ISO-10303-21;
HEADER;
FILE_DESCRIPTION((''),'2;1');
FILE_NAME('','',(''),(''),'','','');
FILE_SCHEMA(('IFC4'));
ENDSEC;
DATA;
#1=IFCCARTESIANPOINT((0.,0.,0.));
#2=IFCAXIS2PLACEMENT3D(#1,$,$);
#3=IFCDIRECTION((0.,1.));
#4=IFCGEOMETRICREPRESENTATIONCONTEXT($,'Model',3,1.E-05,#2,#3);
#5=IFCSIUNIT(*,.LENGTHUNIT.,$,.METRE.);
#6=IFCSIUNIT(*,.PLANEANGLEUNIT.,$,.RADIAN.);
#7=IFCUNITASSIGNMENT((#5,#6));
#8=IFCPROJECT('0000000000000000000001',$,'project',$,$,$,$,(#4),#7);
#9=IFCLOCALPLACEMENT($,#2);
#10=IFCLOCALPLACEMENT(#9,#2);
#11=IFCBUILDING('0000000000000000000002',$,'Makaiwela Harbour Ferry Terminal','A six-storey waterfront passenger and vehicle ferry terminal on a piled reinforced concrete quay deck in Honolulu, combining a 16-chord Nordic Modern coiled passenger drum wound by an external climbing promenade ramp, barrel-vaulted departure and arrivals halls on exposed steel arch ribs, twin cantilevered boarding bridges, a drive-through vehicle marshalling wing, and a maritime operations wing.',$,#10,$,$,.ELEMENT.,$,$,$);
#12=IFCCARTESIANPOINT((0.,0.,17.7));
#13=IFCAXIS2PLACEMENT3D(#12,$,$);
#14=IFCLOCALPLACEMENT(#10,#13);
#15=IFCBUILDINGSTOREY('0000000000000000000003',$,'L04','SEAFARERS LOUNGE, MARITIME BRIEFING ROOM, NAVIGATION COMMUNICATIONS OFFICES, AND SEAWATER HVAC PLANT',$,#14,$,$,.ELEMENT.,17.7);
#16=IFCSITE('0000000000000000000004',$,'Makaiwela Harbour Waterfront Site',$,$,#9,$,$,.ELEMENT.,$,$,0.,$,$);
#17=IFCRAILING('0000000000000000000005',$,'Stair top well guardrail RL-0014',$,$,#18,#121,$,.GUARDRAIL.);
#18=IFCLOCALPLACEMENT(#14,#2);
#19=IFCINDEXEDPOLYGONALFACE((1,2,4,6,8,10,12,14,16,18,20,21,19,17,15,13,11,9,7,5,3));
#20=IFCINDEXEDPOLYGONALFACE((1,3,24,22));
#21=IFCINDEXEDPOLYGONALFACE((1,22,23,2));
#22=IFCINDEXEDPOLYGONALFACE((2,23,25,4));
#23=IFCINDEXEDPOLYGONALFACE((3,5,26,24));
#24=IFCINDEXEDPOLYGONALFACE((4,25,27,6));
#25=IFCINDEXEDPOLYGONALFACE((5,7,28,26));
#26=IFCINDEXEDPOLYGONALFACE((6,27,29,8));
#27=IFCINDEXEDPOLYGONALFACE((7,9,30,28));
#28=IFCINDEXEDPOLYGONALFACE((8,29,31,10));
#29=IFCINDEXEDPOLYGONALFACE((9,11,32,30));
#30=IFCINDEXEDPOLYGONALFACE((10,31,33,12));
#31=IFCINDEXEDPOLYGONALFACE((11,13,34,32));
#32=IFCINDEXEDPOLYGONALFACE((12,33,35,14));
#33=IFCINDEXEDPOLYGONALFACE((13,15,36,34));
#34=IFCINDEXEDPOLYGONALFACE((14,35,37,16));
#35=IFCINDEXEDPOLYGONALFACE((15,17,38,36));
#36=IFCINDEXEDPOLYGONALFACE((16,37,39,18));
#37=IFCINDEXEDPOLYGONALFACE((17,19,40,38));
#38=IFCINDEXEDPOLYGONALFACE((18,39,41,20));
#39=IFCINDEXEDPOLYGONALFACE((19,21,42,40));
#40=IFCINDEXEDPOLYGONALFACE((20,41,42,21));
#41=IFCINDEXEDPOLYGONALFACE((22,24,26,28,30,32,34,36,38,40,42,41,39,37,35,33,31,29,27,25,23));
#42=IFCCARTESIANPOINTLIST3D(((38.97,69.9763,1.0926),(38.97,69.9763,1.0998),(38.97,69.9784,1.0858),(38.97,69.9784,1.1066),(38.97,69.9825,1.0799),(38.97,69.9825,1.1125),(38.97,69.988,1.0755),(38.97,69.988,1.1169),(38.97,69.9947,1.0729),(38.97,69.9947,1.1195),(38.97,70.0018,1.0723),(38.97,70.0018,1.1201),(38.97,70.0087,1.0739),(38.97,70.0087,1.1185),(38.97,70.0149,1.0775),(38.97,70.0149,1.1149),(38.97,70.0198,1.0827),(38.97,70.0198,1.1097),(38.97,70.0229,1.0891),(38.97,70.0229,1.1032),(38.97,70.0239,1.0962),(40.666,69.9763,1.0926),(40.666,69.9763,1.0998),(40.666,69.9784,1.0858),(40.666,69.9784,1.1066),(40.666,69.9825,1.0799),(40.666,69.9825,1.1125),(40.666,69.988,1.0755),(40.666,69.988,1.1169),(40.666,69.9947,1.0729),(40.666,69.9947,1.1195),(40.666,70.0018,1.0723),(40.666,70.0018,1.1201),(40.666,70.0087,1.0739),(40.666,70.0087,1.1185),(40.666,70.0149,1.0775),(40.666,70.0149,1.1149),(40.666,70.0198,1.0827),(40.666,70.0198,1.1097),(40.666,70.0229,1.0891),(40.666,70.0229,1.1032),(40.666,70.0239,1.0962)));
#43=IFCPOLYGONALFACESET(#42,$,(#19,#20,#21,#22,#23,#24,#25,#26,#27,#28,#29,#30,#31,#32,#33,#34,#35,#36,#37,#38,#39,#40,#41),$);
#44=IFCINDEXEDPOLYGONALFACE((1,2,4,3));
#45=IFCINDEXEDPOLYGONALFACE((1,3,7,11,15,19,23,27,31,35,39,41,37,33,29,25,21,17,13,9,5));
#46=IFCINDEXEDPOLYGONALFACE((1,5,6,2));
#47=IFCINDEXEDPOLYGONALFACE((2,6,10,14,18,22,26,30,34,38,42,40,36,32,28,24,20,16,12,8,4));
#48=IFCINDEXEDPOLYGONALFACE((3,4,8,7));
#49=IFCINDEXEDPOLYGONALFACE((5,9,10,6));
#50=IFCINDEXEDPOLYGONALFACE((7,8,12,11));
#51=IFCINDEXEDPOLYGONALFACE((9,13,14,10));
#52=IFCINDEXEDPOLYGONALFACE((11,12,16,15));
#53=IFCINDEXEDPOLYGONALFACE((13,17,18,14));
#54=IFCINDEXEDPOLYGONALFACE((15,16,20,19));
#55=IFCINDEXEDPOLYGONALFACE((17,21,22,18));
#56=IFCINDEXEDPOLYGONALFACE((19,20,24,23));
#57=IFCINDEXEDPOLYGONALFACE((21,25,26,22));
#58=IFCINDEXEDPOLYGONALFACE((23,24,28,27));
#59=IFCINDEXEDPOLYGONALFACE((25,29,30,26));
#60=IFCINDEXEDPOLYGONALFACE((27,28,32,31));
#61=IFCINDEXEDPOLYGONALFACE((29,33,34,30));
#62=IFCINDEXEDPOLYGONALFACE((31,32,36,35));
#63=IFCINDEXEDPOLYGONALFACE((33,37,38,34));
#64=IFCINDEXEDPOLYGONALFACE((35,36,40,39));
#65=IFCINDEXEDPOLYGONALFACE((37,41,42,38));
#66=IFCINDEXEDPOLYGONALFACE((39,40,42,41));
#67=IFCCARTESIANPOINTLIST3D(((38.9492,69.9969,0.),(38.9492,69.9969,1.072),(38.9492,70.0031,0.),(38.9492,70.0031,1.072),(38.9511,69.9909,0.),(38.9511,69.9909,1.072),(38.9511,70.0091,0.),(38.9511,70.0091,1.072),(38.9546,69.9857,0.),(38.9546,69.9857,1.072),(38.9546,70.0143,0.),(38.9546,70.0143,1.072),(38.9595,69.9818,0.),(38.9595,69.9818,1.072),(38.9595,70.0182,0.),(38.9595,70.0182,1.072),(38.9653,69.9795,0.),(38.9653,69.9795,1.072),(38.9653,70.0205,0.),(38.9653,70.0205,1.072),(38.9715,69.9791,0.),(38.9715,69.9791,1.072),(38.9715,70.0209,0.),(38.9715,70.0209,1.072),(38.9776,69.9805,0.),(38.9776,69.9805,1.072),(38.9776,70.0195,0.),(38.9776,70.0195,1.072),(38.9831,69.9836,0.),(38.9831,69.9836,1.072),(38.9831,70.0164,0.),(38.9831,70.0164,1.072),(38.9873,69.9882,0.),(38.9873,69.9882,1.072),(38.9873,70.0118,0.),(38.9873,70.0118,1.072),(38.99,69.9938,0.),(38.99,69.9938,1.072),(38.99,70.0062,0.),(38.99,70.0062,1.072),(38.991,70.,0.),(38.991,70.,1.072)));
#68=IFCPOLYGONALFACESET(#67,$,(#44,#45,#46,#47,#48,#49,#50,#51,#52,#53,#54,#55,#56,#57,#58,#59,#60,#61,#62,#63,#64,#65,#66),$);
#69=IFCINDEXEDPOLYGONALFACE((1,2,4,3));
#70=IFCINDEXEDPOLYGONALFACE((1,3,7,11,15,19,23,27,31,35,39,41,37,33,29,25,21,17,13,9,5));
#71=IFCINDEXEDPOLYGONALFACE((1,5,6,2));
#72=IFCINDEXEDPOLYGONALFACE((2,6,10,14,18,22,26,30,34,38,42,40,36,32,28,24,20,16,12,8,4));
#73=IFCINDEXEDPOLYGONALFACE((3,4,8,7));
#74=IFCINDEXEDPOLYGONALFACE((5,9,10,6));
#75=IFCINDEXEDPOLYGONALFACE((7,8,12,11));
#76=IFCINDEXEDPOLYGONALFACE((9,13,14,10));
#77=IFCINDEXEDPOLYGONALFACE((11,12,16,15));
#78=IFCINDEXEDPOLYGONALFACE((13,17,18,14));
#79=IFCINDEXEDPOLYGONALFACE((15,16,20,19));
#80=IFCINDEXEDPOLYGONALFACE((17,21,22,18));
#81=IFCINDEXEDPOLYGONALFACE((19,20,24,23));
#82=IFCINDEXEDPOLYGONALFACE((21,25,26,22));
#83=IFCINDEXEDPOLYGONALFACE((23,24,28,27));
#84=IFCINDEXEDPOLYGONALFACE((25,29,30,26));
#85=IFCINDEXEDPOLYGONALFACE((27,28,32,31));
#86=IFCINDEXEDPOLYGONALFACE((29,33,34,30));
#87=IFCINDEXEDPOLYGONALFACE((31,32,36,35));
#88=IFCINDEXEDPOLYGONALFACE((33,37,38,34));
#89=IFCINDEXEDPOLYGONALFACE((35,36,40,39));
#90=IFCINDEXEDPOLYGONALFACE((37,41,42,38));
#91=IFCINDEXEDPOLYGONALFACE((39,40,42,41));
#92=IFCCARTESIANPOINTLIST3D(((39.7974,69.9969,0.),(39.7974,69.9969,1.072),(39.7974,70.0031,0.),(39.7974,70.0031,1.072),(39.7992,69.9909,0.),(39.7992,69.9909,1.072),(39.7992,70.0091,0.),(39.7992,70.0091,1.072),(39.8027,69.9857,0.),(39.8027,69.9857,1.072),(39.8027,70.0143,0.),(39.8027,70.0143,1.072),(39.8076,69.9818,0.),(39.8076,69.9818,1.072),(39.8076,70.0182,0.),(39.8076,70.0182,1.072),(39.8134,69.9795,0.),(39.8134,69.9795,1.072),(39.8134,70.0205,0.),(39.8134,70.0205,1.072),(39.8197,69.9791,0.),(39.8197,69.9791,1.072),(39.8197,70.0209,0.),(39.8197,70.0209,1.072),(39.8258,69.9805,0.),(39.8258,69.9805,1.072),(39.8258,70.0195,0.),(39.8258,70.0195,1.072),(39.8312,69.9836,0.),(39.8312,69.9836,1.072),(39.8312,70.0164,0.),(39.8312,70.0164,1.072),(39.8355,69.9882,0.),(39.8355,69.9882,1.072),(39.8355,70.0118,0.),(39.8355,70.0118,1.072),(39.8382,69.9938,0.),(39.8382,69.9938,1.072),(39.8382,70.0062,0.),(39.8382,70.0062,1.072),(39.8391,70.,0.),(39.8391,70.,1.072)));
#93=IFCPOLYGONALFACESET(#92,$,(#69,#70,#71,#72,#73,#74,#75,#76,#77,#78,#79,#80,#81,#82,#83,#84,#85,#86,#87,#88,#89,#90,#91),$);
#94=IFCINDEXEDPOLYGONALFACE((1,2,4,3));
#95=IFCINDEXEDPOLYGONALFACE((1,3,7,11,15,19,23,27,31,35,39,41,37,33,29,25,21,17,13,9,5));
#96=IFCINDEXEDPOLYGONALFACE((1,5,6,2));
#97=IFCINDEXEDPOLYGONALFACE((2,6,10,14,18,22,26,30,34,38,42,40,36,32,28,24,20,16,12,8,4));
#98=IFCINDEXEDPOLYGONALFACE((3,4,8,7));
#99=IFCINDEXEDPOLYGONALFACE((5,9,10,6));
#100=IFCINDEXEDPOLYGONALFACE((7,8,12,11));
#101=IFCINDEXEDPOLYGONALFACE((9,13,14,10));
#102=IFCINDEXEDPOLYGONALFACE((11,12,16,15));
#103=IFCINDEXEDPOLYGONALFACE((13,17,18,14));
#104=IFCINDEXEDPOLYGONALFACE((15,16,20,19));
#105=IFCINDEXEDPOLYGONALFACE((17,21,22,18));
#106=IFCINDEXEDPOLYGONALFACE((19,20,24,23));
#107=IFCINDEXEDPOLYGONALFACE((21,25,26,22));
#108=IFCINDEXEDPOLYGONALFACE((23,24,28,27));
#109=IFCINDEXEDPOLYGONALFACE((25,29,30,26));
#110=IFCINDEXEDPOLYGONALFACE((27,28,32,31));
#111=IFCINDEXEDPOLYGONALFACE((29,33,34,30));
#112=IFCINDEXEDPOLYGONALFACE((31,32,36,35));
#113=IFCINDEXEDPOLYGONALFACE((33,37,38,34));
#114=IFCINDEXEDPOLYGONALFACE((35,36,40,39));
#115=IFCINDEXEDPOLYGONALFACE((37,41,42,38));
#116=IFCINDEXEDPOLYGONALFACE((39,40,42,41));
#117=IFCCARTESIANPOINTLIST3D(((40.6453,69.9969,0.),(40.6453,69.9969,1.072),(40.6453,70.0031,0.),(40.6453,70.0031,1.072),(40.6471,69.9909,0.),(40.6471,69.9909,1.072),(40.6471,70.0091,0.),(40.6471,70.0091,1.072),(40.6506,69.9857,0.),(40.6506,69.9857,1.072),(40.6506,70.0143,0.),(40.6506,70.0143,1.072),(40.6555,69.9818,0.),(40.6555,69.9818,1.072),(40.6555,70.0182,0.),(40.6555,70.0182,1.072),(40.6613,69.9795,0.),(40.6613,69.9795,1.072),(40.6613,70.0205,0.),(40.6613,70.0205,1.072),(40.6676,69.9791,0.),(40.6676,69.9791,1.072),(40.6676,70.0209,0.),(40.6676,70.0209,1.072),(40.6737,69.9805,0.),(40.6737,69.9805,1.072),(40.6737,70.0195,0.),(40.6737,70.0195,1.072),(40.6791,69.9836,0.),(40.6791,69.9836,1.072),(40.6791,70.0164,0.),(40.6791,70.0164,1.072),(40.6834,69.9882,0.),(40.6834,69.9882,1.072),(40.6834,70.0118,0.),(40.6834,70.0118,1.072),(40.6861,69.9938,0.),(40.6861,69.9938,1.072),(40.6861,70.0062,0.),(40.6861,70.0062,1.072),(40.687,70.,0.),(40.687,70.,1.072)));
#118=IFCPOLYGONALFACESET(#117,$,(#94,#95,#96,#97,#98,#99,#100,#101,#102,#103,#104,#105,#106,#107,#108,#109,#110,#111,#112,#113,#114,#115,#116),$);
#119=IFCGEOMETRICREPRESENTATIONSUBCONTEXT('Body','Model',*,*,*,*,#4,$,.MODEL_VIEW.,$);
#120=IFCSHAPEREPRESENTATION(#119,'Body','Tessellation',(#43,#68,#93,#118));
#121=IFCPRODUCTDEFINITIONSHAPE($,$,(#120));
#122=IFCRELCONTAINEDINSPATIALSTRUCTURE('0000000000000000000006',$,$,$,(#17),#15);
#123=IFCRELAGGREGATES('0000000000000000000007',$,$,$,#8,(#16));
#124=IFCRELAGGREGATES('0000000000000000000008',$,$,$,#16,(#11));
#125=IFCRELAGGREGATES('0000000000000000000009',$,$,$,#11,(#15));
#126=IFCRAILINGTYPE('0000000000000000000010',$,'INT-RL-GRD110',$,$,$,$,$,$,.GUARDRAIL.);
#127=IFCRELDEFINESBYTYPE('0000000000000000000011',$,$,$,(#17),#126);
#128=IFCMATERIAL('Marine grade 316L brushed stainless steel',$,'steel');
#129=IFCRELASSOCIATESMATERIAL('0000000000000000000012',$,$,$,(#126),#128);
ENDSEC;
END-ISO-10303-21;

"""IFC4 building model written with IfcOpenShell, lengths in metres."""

from ifc_helpers import new_model, si_unit, direction, frame, origin, origin_2d, place, context, subcontext, project, spatial, circle, extrude, material, type_object, element, save


model = new_model("IFC4")

# Units and contexts
model_context = context("Model", 3, precision=1e-05, world=origin(), true_north=direction((0.0, 1.0)))
body_context = subcontext(model_context, "Body", "Model", "MODEL_VIEW")
ifc_project = project(units=[si_unit("LENGTHUNIT", "METRE"), si_unit("PLANEANGLEUNIT", "RADIAN")], contexts=[model_context])

# Site, building, storey
site_placement = place(None, origin())
site = spatial("IfcSite", under=ifc_project, at=site_placement, Name="Makaiwela Harbour Waterfront Site", CompositionType="ELEMENT", RefElevation=0.0)
building_placement = place(site_placement, origin())
building = spatial("IfcBuilding", under=site, at=building_placement, Name="Makaiwela Harbour Ferry Terminal", Description="A six-storey waterfront passenger and vehicle ferry terminal on a piled reinforced concrete quay deck in Honolulu, combining a 16-chord Nordic Modern coiled passenger drum wound by an external climbing promenade ramp, barrel-vaulted departure and arrivals halls on exposed steel arch ribs, twin cantilevered boarding bridges, a drive-through vehicle marshalling wing, and a maritime operations wing.", CompositionType="ELEMENT")
storey_placement = place(building_placement, frame((0.0, 0.0, 17.7)))
storey = spatial("IfcBuildingStorey", under=building, at=storey_placement, Name="L04", Description="SEAFARERS LOUNGE, MARITIME BRIEFING ROOM, NAVIGATION COMMUNICATIONS OFFICES, AND SEAWATER HVAC PLANT", CompositionType="ELEMENT", Elevation=17.7)

# Shared definitions
ifc_material_1 = material(Name="Marine grade 316L brushed stainless steel", Category="steel")

# Railing
railing_type_1 = type_object("IfcRailingType", Name="INT-RL-GRD110", PredefinedType="GUARDRAIL", material=ifc_material_1)
railing_1_placement = place(storey_placement, frame((38.97, 70.0, 0.0)))
element("IfcRailing", 1, at=railing_1_placement, inside=storey, type_object=railing_type_1, Name="Stair top well guardrail RL-0014", PredefinedType="GUARDRAIL", context=body_context, shape_type="SweptSolid", body=[
    extrude(circle(Radius=0.0239, at=origin_2d()), frame((0.0, 0.0, 1.0962), z_axis=(1.0, 0.0, 0.0), x_axis=(0.0, 1.0, 0.0)), (0.0, 0.0, 1.0), 1.696),
    extrude(circle(Radius=0.021, at=origin_2d()), origin(), (0.0, 0.0, 1.0), 1.072),
    extrude(circle(Radius=0.021, at=origin_2d()), frame((0.8481, 0.0, 0.0)), (0.0, 0.0, 1.0), 1.072),
    extrude(circle(Radius=0.021, at=origin_2d()), frame((1.696, 0.0, 0.0)), (0.0, 0.0, 1.0), 1.072),
])

save(model, "model.ifc")
